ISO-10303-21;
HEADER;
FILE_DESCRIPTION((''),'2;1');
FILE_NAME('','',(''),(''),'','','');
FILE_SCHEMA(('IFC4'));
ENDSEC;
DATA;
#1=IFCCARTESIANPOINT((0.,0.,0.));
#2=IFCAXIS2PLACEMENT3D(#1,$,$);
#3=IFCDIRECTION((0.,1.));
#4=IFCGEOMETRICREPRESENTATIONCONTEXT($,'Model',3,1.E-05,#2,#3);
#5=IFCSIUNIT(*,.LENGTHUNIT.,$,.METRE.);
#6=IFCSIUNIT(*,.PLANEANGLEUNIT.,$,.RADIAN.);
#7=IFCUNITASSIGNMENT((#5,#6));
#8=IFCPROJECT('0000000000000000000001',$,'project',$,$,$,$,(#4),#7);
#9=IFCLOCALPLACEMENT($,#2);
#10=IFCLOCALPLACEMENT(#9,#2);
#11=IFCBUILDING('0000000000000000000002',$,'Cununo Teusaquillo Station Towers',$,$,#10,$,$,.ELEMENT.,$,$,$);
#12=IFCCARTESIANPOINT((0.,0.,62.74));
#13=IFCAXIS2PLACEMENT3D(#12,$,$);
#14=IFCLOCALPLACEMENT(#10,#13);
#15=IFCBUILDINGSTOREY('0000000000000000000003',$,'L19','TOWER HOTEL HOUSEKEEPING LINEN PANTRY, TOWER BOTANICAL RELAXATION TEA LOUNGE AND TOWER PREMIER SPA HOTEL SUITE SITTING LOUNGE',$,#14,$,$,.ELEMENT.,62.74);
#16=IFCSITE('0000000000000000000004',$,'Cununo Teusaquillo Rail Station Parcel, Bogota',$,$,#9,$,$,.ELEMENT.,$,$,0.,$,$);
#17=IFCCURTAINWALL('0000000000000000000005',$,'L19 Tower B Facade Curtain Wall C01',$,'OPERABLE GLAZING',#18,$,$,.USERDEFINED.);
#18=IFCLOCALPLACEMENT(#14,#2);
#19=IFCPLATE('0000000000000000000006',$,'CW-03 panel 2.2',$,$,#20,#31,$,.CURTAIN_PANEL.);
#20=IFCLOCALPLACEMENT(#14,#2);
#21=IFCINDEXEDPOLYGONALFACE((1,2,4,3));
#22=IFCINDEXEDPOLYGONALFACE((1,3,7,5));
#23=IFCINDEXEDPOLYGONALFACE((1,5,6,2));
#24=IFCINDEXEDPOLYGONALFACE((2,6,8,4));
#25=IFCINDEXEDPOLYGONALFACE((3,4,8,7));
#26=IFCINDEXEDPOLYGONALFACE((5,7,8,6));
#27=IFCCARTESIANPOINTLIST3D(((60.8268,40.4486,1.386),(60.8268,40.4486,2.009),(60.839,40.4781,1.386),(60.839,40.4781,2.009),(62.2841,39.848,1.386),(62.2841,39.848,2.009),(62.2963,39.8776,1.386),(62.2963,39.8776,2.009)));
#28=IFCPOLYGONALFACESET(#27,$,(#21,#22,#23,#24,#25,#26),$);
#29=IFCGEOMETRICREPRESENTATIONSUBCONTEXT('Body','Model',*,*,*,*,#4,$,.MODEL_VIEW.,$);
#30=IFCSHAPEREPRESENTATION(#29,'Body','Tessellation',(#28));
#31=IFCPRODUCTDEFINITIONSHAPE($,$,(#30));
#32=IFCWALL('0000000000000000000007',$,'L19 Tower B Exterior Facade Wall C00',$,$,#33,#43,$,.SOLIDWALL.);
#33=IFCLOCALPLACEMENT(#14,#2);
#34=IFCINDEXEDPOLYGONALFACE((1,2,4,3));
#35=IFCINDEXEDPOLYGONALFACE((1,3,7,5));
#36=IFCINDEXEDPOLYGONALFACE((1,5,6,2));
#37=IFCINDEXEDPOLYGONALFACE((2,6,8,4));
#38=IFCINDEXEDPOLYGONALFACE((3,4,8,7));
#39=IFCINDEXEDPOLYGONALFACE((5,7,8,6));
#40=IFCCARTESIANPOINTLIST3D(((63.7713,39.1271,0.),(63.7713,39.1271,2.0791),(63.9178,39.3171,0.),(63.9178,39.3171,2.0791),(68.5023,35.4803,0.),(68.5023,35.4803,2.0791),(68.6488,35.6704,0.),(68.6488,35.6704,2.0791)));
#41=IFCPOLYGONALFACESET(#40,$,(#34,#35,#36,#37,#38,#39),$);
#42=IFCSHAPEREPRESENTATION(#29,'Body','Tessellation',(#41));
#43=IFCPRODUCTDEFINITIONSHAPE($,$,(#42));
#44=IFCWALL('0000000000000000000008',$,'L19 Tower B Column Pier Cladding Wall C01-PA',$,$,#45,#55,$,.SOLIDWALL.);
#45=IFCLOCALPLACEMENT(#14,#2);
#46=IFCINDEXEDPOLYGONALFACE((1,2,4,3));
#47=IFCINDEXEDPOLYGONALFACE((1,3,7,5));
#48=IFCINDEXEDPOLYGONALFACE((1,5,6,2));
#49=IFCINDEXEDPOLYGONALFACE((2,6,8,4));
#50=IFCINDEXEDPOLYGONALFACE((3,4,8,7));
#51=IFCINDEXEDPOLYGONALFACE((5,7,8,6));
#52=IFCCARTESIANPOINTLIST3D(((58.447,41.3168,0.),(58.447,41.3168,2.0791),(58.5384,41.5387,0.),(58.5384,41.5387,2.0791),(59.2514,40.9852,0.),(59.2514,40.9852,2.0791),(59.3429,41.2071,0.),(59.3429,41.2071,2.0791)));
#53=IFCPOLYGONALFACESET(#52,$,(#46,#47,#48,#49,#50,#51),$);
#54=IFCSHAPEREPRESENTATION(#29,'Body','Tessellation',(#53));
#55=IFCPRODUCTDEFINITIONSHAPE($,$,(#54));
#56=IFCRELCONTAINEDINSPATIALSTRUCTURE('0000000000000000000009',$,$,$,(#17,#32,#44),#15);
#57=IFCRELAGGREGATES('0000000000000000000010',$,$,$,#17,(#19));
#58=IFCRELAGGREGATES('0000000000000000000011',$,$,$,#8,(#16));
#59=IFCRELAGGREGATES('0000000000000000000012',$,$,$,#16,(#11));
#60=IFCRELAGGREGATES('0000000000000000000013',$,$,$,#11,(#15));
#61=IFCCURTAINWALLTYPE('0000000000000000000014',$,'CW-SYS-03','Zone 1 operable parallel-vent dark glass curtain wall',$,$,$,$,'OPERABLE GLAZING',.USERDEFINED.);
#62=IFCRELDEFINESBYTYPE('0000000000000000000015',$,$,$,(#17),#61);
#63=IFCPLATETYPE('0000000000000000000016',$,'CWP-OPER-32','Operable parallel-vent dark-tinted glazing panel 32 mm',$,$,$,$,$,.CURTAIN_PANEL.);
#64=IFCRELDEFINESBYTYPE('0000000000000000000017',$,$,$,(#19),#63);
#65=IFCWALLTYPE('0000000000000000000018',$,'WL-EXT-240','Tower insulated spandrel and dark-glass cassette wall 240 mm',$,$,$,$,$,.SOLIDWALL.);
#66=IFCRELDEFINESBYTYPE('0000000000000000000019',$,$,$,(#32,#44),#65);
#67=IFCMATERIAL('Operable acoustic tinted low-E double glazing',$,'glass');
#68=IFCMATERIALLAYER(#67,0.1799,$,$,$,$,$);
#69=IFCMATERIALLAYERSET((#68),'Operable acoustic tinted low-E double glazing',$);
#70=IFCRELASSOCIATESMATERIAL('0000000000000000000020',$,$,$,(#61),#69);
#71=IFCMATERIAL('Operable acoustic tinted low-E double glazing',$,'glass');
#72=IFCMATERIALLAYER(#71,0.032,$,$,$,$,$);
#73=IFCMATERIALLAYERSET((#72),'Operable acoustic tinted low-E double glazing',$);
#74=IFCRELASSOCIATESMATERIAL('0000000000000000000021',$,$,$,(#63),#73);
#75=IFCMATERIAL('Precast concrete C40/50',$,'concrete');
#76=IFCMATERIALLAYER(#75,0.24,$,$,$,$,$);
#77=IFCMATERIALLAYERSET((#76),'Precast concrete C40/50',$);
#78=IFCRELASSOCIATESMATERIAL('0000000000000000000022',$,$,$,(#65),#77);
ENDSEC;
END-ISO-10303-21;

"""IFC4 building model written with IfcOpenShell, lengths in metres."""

from ifc_helpers import new_model, si_unit, direction, frame, frame_2d, origin, origin_2d, place, context, subcontext, project, spatial, rectangle, extrude, source, transform, mapped, material, layer, layer_set, type_object, element, aggregate, save


model = new_model("IFC4")

# Units and contexts
model_context = context("Model", 3, precision=1e-05, world=origin(), true_north=direction((0.0, 1.0)))
body_context = subcontext(model_context, "Body", "Model", "MODEL_VIEW")
ifc_project = project(units=[si_unit("LENGTHUNIT", "METRE"), si_unit("PLANEANGLEUNIT", "RADIAN")], contexts=[model_context])

# Site, building, storey
site_placement = place(None, origin())
site = spatial("IfcSite", under=ifc_project, at=site_placement, Name="Cununo Teusaquillo Rail Station Parcel, Bogota", CompositionType="ELEMENT", RefElevation=0.0)
building_placement = place(site_placement, origin())
building = spatial("IfcBuilding", under=site, at=building_placement, Name="Cununo Teusaquillo Station Towers", CompositionType="ELEMENT")
storey_placement = place(building_placement, frame((0.0, 0.0, 62.74)))
storey = spatial("IfcBuildingStorey", under=building, at=storey_placement, Name="L19", Description="TOWER HOTEL HOUSEKEEPING LINEN PANTRY, TOWER BOTANICAL RELAXATION TEA LOUNGE AND TOWER PREMIER SPA HOTEL SUITE SITTING LOUNGE", CompositionType="ELEMENT", Elevation=62.74)

# Curtain wall
ifc_material_1 = material(Name="Operable acoustic tinted low-E double glazing", Category="glass")
ifc_layer_1 = layer(ifc_material_1, 0.1799)
ifc_layer_set_1 = layer_set([ifc_layer_1], Name="Operable acoustic tinted low-E double glazing")
curtain_wall_type = type_object("IfcCurtainWallType", Name="CW-SYS-03", Description="Zone 1 operable parallel-vent dark glass curtain wall", ElementType="OPERABLE GLAZING", PredefinedType="USERDEFINED", material=ifc_layer_set_1)
curtain_wall_placement = place(storey_placement, origin())
curtain_wall = element("IfcCurtainWall", 1, at=curtain_wall_placement, inside=storey, type_object=curtain_wall_type, Name="L19 Tower B Facade Curtain Wall C01", ObjectType="OPERABLE GLAZING", PredefinedType="USERDEFINED")

# Plate
ifc_material_2 = material(Name="Operable acoustic tinted low-E double glazing", Category="glass")
ifc_layer_2 = layer(ifc_material_2, 0.032)
ifc_layer_set_2 = layer_set([ifc_layer_2], Name="Operable acoustic tinted low-E double glazing")
plate_type = type_object("IfcPlateType", Name="CWP-OPER-32", Description="Operable parallel-vent dark-tinted glazing panel 32 mm", PredefinedType="CURTAIN_PANEL", material=ifc_layer_set_2)
shared_shape_1 = source(origin(), body_context, "Body", "SweptSolid", [
    extrude(rectangle(XDim=1.5762, YDim=0.032, at=origin_2d()), origin(), (0.0, 0.0, 1.0), 0.623),
])
plate_1_placement = place(storey_placement, frame((61.5615, 40.1631, 1.386), z_axis=(0.0, 0.0, 1.0), x_axis=(0.924572, -0.381006, 0.0)))
plate_1 = element("IfcPlate", 2, at=plate_1_placement, type_object=plate_type, Name="CW-03 panel 2.2", PredefinedType="CURTAIN_PANEL", context=body_context, shape_type="MappedRepresentation", body=[
    mapped(shared_shape_1, transform((0.0, 0.0, 0.0), x_axis=(1.0, 0.0, 0.0), y_axis=(0.0, 1.0, 0.0), z_axis=(0.0, 0.0, 1.0), scale=1.0)),
])
aggregate(curtain_wall, [plate_1])

# Walls
ifc_material_3 = material(Name="Precast concrete C40/50", Category="concrete")
ifc_layer_3 = layer(ifc_material_3, 0.24)
ifc_layer_set_3 = layer_set([ifc_layer_3], Name="Precast concrete C40/50")
wall_type = type_object("IfcWallType", Name="WL-EXT-240", Description="Tower insulated spandrel and dark-glass cassette wall 240 mm", PredefinedType="SOLIDWALL", material=ifc_layer_set_3)
wall_1_placement = place(storey_placement, frame((63.8445, 39.2222, 0.0), z_axis=(0.0, 0.0, 1.0), x_axis=(0.792014, -0.610503, 0.0)))
element("IfcWall", 3, at=wall_1_placement, inside=storey, type_object=wall_type, Name="L19 Tower B Exterior Facade Wall C00", PredefinedType="SOLIDWALL", context=body_context, shape_type="SweptSolid", body=[
    extrude(rectangle(XDim=5.9734, YDim=0.24, at=frame_2d((2.9868, 0.0))), origin(), (0.0, 0.0, 1.0), 2.0791),
])
wall_2_placement = place(storey_placement, frame((58.4927, 41.4277, 0.0), z_axis=(0.0, 0.0, 1.0), x_axis=(0.924556, -0.381046, 0.0)))
element("IfcWall", 4, at=wall_2_placement, inside=storey, type_object=wall_type, Name="L19 Tower B Column Pier Cladding Wall C01-PA", PredefinedType="SOLIDWALL", context=body_context, shape_type="SweptSolid", body=[
    extrude(rectangle(XDim=0.8701, YDim=0.24, at=frame_2d((0.4351, 0.0))), origin(), (0.0, 0.0, 1.0), 2.0791),
])

save(model, "model.ifc")
